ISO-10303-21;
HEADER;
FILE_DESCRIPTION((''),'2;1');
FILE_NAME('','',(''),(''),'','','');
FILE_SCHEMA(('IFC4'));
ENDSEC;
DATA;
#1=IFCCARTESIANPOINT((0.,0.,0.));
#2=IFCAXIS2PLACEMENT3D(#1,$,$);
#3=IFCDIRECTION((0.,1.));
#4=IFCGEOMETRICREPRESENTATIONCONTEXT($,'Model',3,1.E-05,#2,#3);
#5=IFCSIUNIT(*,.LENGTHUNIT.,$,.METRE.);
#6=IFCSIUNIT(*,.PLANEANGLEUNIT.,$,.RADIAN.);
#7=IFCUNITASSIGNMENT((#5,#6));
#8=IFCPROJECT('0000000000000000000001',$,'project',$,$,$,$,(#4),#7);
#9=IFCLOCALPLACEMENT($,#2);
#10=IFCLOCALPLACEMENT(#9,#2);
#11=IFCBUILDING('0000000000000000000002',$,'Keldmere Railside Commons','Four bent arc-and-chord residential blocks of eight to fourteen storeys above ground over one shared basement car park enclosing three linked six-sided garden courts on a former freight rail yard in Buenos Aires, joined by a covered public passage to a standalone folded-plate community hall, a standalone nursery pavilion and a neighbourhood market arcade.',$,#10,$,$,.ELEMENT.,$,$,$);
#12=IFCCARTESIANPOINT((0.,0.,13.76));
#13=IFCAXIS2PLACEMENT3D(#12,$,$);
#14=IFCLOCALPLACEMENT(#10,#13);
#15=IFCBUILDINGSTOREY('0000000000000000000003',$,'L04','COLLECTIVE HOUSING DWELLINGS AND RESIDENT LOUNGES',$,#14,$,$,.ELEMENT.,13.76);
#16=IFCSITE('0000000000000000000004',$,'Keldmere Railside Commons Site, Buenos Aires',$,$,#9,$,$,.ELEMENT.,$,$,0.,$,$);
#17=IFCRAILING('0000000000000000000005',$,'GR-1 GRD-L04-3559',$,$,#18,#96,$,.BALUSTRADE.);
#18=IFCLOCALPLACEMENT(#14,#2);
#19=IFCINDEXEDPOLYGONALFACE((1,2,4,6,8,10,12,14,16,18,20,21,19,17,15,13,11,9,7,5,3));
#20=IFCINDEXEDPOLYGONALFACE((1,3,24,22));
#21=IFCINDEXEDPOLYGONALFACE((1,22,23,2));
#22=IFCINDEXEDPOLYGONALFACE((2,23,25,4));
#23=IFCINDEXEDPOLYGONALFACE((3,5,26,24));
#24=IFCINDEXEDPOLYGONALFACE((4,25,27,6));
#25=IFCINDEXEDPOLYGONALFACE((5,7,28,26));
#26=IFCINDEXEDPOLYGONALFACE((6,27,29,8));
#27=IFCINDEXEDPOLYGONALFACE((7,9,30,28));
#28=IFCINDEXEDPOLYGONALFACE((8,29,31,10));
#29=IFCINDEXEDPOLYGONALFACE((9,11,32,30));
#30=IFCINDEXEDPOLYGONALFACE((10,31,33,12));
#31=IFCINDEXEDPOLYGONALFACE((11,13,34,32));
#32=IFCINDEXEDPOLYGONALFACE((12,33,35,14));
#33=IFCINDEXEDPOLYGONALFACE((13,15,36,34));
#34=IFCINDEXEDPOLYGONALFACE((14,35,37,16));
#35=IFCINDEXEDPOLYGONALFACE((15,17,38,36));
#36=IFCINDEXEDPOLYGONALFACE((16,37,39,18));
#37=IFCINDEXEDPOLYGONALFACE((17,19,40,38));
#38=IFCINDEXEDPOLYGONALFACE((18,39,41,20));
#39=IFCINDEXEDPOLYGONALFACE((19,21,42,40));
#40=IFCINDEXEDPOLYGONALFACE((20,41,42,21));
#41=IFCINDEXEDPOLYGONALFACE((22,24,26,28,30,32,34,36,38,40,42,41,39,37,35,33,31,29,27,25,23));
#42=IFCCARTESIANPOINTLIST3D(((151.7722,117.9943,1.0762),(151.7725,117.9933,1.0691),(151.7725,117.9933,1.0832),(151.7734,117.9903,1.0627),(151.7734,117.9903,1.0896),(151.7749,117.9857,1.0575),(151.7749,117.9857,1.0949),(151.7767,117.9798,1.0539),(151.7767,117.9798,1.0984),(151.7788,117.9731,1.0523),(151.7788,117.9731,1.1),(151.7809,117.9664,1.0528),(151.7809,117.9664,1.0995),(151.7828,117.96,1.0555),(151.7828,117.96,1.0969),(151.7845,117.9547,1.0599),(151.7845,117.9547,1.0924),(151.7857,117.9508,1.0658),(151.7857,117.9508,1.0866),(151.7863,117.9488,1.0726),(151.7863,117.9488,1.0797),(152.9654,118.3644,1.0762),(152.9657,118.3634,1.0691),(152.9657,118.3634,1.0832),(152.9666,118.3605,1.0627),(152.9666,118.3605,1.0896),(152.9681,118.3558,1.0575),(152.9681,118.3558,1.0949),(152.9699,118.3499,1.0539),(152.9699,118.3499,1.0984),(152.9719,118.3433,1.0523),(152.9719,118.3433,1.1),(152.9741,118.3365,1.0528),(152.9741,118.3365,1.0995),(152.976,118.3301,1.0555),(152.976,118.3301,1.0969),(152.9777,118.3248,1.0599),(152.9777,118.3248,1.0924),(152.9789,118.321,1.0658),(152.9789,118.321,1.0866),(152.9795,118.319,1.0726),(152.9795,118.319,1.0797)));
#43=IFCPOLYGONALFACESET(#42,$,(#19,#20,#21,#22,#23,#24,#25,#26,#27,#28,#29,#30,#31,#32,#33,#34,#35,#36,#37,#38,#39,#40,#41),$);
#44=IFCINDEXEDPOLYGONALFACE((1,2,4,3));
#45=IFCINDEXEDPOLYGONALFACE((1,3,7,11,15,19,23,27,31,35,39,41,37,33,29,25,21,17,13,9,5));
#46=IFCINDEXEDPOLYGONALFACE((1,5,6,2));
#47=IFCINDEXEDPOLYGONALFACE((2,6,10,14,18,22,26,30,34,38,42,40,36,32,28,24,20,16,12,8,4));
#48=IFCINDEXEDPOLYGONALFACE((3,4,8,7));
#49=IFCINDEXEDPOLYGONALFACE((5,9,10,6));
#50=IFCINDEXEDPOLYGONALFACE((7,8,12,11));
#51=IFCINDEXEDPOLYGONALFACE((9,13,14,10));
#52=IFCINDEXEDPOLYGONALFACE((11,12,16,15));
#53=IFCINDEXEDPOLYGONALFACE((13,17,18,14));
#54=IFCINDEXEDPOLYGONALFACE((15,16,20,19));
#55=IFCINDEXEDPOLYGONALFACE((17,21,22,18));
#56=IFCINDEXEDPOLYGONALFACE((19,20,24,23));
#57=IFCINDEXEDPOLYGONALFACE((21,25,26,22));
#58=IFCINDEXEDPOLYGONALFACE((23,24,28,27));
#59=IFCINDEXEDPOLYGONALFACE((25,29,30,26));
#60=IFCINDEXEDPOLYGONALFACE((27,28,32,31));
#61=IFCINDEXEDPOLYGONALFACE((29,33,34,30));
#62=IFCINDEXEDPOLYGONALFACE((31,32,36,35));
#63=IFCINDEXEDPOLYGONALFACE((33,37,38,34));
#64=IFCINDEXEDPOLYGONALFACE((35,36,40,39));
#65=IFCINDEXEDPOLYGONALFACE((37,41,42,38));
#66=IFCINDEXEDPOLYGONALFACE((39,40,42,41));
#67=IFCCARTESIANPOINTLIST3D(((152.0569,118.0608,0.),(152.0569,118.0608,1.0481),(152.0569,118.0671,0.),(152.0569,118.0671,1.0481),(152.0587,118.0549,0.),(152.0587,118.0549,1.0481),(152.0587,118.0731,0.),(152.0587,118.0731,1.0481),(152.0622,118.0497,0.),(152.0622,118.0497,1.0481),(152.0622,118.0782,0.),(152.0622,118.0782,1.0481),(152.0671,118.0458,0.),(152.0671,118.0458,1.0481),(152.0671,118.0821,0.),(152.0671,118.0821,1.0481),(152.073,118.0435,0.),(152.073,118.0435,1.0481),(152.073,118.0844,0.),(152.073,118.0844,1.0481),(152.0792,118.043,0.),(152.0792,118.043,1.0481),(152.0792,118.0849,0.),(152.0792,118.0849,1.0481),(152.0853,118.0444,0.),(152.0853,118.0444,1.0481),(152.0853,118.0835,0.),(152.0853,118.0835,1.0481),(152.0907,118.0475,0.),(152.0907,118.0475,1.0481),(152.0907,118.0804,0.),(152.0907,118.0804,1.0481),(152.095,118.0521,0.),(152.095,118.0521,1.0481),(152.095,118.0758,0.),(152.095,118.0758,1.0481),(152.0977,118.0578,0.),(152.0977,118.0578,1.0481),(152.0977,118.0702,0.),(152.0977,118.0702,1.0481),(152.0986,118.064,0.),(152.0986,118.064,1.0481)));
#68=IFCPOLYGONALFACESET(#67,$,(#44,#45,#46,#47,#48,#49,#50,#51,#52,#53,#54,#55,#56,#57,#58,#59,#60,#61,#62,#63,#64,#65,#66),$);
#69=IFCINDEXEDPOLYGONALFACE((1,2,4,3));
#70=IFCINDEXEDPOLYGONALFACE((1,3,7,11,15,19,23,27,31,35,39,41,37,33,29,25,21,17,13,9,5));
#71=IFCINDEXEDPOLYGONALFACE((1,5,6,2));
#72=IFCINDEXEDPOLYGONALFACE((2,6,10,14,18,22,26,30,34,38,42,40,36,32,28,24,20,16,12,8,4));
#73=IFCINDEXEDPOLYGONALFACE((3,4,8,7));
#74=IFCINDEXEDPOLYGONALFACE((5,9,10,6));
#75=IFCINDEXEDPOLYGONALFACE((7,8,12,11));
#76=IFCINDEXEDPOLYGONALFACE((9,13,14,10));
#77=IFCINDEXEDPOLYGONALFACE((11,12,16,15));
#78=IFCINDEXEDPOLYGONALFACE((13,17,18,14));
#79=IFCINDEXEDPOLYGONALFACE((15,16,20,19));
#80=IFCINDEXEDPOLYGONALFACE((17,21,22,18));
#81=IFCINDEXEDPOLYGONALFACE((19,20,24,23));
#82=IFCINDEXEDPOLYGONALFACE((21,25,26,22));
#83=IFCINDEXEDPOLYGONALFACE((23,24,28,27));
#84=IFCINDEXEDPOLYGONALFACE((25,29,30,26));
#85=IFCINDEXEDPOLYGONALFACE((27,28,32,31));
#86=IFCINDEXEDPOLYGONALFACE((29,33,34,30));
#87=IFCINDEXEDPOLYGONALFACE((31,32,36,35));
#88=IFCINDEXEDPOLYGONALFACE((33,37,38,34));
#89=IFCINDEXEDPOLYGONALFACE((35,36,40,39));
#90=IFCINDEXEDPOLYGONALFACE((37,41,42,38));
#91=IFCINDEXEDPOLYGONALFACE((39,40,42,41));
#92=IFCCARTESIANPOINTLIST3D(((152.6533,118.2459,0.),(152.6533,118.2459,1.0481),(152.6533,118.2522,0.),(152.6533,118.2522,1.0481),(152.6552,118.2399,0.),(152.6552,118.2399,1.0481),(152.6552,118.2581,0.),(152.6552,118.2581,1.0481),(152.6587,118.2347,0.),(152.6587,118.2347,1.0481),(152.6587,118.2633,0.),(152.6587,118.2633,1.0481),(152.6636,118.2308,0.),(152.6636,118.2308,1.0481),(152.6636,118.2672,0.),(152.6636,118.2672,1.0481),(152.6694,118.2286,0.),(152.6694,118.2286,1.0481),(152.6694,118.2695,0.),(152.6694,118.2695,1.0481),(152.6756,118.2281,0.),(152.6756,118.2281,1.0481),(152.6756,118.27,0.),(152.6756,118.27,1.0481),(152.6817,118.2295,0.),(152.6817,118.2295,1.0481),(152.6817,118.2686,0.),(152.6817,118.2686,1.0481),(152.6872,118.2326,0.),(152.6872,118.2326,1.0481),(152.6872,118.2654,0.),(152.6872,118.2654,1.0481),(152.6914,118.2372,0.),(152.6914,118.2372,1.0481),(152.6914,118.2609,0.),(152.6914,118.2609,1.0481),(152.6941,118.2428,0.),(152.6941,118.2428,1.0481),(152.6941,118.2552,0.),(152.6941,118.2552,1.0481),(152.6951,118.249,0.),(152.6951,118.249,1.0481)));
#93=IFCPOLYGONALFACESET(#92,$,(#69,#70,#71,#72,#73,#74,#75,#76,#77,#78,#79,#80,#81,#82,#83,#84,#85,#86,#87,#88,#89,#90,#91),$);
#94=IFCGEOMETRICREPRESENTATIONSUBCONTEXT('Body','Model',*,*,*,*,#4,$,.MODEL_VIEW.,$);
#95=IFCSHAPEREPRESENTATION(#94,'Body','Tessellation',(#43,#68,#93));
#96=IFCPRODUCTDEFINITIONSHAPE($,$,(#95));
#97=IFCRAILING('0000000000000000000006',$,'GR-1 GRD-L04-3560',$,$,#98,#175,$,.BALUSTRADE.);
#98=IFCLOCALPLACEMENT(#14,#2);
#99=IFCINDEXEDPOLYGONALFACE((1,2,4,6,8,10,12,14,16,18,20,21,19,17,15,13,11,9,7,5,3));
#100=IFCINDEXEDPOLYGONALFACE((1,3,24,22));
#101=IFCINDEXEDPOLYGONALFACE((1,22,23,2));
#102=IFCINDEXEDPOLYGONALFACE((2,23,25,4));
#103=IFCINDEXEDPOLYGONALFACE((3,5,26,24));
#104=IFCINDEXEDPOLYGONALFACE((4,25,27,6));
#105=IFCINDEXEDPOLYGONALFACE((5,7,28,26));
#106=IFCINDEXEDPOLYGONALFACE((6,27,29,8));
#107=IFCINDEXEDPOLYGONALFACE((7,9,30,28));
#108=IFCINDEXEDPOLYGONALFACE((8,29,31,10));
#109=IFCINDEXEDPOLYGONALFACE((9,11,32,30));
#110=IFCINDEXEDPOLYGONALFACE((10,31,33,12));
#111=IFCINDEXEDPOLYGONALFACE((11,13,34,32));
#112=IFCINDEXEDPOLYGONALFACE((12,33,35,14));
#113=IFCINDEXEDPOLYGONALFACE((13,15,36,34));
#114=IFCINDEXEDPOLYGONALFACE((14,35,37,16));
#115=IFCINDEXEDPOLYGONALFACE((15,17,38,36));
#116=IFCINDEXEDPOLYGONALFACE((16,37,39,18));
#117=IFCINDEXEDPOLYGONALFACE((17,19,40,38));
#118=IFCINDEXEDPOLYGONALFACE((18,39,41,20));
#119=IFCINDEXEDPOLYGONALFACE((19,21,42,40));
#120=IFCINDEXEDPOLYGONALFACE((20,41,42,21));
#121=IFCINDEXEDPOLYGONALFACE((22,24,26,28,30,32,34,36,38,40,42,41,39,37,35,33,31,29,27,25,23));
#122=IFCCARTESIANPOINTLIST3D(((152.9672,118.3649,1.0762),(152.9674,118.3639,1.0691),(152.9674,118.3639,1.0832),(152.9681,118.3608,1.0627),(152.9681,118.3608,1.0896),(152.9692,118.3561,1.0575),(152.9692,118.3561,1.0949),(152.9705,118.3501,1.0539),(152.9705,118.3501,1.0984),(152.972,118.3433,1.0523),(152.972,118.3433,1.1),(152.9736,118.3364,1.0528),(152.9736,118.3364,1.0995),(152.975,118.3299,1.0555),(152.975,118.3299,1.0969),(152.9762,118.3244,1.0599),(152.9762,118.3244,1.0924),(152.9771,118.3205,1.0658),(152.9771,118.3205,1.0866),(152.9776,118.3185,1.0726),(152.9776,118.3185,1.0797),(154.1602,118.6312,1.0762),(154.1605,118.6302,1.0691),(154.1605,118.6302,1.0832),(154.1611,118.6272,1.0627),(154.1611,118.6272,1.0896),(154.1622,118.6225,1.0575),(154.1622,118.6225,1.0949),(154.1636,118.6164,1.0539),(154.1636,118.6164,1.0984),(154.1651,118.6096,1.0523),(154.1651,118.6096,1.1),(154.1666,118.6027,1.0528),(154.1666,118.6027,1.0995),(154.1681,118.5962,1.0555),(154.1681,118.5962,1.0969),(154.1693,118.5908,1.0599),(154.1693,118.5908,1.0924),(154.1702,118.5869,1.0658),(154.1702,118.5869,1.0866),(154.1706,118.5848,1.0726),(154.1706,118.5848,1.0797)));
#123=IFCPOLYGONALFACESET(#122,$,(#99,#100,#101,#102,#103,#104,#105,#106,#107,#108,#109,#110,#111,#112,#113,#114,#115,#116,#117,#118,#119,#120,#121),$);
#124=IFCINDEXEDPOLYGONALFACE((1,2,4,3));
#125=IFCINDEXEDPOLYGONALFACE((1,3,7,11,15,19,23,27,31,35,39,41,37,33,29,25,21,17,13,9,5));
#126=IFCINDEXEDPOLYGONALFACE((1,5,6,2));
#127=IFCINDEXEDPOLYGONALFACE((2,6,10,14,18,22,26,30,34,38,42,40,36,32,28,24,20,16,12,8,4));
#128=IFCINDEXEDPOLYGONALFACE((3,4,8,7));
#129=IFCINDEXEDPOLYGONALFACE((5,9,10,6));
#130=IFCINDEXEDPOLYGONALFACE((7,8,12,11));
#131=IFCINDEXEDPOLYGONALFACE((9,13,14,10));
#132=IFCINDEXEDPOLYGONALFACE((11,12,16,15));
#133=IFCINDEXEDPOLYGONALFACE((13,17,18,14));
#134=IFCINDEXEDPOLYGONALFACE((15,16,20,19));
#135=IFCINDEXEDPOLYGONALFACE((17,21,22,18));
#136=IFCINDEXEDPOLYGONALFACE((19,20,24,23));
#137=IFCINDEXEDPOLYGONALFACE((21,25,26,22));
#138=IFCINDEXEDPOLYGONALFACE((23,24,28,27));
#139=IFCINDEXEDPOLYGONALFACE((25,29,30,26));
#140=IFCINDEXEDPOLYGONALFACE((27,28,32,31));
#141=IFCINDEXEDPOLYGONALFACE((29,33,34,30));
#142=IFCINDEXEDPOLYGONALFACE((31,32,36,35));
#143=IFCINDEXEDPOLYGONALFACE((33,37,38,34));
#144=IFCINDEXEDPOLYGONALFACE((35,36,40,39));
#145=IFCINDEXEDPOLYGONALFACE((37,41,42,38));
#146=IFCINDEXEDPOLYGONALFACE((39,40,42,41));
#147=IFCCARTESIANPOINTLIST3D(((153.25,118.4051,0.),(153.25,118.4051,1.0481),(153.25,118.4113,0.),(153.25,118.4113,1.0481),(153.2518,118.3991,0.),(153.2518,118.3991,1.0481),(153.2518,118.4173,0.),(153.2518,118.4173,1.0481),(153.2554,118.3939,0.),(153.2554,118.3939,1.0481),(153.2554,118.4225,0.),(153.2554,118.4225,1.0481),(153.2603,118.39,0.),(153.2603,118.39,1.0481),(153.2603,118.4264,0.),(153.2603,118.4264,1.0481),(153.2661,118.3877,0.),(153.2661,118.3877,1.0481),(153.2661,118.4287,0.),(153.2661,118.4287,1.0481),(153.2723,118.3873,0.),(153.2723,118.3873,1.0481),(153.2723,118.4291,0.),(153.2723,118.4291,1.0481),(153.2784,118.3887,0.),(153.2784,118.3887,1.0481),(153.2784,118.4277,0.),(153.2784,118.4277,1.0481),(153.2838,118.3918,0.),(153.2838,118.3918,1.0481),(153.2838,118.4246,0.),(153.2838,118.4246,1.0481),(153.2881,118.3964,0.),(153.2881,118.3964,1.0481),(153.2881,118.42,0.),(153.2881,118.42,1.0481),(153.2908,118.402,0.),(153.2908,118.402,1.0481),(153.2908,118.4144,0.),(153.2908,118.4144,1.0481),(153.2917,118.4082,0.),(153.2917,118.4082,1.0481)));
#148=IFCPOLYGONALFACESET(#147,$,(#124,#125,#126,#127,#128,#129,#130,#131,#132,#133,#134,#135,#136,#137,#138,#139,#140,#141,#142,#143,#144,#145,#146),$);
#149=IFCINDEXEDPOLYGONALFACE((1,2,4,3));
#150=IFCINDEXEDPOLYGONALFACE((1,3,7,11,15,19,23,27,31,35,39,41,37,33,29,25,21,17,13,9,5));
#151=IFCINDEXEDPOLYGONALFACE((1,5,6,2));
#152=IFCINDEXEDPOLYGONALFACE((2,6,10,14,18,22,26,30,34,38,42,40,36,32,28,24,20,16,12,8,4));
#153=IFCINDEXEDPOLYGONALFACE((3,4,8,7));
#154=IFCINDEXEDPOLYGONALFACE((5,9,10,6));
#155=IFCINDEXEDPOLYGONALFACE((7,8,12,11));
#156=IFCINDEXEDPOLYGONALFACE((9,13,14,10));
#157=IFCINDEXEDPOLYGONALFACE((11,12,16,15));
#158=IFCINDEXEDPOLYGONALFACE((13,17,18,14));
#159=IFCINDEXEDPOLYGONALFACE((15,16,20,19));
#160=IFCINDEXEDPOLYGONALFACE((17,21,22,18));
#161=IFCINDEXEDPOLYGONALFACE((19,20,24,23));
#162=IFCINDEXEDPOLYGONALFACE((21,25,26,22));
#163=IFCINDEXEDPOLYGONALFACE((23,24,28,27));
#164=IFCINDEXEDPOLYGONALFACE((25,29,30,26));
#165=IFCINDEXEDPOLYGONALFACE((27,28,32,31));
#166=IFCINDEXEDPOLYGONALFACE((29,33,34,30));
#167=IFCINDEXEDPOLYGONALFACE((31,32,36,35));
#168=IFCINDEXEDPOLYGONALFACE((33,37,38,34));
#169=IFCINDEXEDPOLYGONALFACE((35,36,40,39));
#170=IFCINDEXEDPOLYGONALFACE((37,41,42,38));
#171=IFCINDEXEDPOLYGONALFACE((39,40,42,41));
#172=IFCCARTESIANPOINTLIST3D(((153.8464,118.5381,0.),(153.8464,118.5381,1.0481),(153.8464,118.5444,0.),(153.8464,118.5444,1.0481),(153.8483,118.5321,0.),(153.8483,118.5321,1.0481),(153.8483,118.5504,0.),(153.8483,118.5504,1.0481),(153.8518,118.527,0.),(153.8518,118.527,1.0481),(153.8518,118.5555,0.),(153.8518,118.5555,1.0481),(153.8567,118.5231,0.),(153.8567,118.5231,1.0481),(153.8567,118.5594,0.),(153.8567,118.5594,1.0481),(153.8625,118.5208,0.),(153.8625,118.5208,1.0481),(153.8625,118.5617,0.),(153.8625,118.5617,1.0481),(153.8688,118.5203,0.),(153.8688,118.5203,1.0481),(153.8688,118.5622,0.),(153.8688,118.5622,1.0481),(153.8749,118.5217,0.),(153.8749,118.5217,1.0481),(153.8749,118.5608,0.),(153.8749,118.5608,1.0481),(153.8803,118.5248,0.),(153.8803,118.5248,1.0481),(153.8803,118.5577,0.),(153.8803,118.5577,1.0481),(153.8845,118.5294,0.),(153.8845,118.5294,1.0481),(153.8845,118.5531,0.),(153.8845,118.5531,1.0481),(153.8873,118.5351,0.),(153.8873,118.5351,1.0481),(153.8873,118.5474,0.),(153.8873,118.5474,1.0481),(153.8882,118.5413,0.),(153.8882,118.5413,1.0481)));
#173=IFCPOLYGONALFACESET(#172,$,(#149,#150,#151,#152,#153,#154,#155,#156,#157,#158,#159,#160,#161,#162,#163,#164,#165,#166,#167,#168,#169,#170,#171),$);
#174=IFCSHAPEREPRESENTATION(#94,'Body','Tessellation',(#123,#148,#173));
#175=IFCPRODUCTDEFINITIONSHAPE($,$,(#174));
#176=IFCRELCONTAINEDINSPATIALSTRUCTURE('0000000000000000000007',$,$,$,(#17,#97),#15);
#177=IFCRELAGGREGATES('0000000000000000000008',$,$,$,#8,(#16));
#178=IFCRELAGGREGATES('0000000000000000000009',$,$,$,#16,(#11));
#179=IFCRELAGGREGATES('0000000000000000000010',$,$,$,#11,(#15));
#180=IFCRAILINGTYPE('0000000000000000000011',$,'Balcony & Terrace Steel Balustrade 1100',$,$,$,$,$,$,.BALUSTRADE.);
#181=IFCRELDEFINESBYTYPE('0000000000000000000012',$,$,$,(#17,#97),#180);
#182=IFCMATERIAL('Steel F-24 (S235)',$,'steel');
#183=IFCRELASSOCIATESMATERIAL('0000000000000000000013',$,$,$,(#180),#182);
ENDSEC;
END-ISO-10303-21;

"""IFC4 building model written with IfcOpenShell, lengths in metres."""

from ifc_helpers import new_model, si_unit, direction, frame, origin, origin_2d, place, context, subcontext, project, spatial, circle, extrude, material, type_object, element, save


model = new_model("IFC4")

# Units and contexts
model_context = context("Model", 3, precision=1e-05, world=origin(), true_north=direction((0.0, 1.0)))
body_context = subcontext(model_context, "Body", "Model", "MODEL_VIEW")
ifc_project = project(units=[si_unit("LENGTHUNIT", "METRE"), si_unit("PLANEANGLEUNIT", "RADIAN")], contexts=[model_context])

# Site, building, storey
site_placement = place(None, origin())
site = spatial("IfcSite", under=ifc_project, at=site_placement, Name="Keldmere Railside Commons Site, Buenos Aires", CompositionType="ELEMENT", RefElevation=0.0)
building_placement = place(site_placement, origin())
building = spatial("IfcBuilding", under=site, at=building_placement, Name="Keldmere Railside Commons", Description="Four bent arc-and-chord residential blocks of eight to fourteen storeys above ground over one shared basement car park enclosing three linked six-sided garden courts on a former freight rail yard in Buenos Aires, joined by a covered public passage to a standalone folded-plate community hall, a standalone nursery pavilion and a neighbourhood market arcade.", CompositionType="ELEMENT")
storey_placement = place(building_placement, frame((0.0, 0.0, 13.76)))
storey = spatial("IfcBuildingStorey", under=building, at=storey_placement, Name="L04", Description="COLLECTIVE HOUSING DWELLINGS AND RESIDENT LOUNGES", CompositionType="ELEMENT", Elevation=13.76)

# Railings
ifc_material_1 = material(Name="Steel F-24 (S235)", Category="steel")
railing_type = type_object("IfcRailingType", Name="Balcony & Terrace Steel Balustrade 1100", PredefinedType="BALUSTRADE", material=ifc_material_1)
railing_1_placement = place(storey_placement, frame((151.7793, 117.9714, 0.0)))
element("IfcRailing", 1, at=railing_1_placement, inside=storey, type_object=railing_type, Name="GR-1 GRD-L04-3559", PredefinedType="BALUSTRADE", context=body_context, shape_type="SweptSolid", body=[
    extrude(circle(Radius=0.0239, at=origin_2d()), frame((0.0, 0.0, 1.0762), z_axis=(0.9551, 0.296282, 0.0), x_axis=(-0.296282, 0.9551, 0.0)), (0.0, 0.0, 1.0), 1.2493),
    extrude(circle(Radius=0.021, at=origin_2d()), frame((0.2983, 0.0925, 0.0)), (0.0, 0.0, 1.0), 1.0481),
    extrude(circle(Radius=0.021, at=origin_2d()), frame((0.8948, 0.2776, 0.0)), (0.0, 0.0, 1.0), 1.0481),
])
railing_2_placement = place(storey_placement, frame((152.9724, 118.3416, 0.0)))
element("IfcRailing", 2, at=railing_2_placement, inside=storey, type_object=railing_type, Name="GR-1 GRD-L04-3560", PredefinedType="BALUSTRADE", context=body_context, shape_type="SweptSolid", body=[
    extrude(circle(Radius=0.0239, at=origin_2d()), frame((0.0, 0.0, 1.0762), z_axis=(0.975975, 0.217882, 0.0), x_axis=(-0.217882, 0.975975, 0.0)), (0.0, 0.0, 1.0), 1.2224),
    extrude(circle(Radius=0.021, at=origin_2d()), frame((0.2983, 0.0667, 0.0)), (0.0, 0.0, 1.0), 1.0481),
    extrude(circle(Radius=0.021, at=origin_2d()), frame((0.8948, 0.1997, 0.0)), (0.0, 0.0, 1.0), 1.0481),
])

save(model, "model.ifc")
